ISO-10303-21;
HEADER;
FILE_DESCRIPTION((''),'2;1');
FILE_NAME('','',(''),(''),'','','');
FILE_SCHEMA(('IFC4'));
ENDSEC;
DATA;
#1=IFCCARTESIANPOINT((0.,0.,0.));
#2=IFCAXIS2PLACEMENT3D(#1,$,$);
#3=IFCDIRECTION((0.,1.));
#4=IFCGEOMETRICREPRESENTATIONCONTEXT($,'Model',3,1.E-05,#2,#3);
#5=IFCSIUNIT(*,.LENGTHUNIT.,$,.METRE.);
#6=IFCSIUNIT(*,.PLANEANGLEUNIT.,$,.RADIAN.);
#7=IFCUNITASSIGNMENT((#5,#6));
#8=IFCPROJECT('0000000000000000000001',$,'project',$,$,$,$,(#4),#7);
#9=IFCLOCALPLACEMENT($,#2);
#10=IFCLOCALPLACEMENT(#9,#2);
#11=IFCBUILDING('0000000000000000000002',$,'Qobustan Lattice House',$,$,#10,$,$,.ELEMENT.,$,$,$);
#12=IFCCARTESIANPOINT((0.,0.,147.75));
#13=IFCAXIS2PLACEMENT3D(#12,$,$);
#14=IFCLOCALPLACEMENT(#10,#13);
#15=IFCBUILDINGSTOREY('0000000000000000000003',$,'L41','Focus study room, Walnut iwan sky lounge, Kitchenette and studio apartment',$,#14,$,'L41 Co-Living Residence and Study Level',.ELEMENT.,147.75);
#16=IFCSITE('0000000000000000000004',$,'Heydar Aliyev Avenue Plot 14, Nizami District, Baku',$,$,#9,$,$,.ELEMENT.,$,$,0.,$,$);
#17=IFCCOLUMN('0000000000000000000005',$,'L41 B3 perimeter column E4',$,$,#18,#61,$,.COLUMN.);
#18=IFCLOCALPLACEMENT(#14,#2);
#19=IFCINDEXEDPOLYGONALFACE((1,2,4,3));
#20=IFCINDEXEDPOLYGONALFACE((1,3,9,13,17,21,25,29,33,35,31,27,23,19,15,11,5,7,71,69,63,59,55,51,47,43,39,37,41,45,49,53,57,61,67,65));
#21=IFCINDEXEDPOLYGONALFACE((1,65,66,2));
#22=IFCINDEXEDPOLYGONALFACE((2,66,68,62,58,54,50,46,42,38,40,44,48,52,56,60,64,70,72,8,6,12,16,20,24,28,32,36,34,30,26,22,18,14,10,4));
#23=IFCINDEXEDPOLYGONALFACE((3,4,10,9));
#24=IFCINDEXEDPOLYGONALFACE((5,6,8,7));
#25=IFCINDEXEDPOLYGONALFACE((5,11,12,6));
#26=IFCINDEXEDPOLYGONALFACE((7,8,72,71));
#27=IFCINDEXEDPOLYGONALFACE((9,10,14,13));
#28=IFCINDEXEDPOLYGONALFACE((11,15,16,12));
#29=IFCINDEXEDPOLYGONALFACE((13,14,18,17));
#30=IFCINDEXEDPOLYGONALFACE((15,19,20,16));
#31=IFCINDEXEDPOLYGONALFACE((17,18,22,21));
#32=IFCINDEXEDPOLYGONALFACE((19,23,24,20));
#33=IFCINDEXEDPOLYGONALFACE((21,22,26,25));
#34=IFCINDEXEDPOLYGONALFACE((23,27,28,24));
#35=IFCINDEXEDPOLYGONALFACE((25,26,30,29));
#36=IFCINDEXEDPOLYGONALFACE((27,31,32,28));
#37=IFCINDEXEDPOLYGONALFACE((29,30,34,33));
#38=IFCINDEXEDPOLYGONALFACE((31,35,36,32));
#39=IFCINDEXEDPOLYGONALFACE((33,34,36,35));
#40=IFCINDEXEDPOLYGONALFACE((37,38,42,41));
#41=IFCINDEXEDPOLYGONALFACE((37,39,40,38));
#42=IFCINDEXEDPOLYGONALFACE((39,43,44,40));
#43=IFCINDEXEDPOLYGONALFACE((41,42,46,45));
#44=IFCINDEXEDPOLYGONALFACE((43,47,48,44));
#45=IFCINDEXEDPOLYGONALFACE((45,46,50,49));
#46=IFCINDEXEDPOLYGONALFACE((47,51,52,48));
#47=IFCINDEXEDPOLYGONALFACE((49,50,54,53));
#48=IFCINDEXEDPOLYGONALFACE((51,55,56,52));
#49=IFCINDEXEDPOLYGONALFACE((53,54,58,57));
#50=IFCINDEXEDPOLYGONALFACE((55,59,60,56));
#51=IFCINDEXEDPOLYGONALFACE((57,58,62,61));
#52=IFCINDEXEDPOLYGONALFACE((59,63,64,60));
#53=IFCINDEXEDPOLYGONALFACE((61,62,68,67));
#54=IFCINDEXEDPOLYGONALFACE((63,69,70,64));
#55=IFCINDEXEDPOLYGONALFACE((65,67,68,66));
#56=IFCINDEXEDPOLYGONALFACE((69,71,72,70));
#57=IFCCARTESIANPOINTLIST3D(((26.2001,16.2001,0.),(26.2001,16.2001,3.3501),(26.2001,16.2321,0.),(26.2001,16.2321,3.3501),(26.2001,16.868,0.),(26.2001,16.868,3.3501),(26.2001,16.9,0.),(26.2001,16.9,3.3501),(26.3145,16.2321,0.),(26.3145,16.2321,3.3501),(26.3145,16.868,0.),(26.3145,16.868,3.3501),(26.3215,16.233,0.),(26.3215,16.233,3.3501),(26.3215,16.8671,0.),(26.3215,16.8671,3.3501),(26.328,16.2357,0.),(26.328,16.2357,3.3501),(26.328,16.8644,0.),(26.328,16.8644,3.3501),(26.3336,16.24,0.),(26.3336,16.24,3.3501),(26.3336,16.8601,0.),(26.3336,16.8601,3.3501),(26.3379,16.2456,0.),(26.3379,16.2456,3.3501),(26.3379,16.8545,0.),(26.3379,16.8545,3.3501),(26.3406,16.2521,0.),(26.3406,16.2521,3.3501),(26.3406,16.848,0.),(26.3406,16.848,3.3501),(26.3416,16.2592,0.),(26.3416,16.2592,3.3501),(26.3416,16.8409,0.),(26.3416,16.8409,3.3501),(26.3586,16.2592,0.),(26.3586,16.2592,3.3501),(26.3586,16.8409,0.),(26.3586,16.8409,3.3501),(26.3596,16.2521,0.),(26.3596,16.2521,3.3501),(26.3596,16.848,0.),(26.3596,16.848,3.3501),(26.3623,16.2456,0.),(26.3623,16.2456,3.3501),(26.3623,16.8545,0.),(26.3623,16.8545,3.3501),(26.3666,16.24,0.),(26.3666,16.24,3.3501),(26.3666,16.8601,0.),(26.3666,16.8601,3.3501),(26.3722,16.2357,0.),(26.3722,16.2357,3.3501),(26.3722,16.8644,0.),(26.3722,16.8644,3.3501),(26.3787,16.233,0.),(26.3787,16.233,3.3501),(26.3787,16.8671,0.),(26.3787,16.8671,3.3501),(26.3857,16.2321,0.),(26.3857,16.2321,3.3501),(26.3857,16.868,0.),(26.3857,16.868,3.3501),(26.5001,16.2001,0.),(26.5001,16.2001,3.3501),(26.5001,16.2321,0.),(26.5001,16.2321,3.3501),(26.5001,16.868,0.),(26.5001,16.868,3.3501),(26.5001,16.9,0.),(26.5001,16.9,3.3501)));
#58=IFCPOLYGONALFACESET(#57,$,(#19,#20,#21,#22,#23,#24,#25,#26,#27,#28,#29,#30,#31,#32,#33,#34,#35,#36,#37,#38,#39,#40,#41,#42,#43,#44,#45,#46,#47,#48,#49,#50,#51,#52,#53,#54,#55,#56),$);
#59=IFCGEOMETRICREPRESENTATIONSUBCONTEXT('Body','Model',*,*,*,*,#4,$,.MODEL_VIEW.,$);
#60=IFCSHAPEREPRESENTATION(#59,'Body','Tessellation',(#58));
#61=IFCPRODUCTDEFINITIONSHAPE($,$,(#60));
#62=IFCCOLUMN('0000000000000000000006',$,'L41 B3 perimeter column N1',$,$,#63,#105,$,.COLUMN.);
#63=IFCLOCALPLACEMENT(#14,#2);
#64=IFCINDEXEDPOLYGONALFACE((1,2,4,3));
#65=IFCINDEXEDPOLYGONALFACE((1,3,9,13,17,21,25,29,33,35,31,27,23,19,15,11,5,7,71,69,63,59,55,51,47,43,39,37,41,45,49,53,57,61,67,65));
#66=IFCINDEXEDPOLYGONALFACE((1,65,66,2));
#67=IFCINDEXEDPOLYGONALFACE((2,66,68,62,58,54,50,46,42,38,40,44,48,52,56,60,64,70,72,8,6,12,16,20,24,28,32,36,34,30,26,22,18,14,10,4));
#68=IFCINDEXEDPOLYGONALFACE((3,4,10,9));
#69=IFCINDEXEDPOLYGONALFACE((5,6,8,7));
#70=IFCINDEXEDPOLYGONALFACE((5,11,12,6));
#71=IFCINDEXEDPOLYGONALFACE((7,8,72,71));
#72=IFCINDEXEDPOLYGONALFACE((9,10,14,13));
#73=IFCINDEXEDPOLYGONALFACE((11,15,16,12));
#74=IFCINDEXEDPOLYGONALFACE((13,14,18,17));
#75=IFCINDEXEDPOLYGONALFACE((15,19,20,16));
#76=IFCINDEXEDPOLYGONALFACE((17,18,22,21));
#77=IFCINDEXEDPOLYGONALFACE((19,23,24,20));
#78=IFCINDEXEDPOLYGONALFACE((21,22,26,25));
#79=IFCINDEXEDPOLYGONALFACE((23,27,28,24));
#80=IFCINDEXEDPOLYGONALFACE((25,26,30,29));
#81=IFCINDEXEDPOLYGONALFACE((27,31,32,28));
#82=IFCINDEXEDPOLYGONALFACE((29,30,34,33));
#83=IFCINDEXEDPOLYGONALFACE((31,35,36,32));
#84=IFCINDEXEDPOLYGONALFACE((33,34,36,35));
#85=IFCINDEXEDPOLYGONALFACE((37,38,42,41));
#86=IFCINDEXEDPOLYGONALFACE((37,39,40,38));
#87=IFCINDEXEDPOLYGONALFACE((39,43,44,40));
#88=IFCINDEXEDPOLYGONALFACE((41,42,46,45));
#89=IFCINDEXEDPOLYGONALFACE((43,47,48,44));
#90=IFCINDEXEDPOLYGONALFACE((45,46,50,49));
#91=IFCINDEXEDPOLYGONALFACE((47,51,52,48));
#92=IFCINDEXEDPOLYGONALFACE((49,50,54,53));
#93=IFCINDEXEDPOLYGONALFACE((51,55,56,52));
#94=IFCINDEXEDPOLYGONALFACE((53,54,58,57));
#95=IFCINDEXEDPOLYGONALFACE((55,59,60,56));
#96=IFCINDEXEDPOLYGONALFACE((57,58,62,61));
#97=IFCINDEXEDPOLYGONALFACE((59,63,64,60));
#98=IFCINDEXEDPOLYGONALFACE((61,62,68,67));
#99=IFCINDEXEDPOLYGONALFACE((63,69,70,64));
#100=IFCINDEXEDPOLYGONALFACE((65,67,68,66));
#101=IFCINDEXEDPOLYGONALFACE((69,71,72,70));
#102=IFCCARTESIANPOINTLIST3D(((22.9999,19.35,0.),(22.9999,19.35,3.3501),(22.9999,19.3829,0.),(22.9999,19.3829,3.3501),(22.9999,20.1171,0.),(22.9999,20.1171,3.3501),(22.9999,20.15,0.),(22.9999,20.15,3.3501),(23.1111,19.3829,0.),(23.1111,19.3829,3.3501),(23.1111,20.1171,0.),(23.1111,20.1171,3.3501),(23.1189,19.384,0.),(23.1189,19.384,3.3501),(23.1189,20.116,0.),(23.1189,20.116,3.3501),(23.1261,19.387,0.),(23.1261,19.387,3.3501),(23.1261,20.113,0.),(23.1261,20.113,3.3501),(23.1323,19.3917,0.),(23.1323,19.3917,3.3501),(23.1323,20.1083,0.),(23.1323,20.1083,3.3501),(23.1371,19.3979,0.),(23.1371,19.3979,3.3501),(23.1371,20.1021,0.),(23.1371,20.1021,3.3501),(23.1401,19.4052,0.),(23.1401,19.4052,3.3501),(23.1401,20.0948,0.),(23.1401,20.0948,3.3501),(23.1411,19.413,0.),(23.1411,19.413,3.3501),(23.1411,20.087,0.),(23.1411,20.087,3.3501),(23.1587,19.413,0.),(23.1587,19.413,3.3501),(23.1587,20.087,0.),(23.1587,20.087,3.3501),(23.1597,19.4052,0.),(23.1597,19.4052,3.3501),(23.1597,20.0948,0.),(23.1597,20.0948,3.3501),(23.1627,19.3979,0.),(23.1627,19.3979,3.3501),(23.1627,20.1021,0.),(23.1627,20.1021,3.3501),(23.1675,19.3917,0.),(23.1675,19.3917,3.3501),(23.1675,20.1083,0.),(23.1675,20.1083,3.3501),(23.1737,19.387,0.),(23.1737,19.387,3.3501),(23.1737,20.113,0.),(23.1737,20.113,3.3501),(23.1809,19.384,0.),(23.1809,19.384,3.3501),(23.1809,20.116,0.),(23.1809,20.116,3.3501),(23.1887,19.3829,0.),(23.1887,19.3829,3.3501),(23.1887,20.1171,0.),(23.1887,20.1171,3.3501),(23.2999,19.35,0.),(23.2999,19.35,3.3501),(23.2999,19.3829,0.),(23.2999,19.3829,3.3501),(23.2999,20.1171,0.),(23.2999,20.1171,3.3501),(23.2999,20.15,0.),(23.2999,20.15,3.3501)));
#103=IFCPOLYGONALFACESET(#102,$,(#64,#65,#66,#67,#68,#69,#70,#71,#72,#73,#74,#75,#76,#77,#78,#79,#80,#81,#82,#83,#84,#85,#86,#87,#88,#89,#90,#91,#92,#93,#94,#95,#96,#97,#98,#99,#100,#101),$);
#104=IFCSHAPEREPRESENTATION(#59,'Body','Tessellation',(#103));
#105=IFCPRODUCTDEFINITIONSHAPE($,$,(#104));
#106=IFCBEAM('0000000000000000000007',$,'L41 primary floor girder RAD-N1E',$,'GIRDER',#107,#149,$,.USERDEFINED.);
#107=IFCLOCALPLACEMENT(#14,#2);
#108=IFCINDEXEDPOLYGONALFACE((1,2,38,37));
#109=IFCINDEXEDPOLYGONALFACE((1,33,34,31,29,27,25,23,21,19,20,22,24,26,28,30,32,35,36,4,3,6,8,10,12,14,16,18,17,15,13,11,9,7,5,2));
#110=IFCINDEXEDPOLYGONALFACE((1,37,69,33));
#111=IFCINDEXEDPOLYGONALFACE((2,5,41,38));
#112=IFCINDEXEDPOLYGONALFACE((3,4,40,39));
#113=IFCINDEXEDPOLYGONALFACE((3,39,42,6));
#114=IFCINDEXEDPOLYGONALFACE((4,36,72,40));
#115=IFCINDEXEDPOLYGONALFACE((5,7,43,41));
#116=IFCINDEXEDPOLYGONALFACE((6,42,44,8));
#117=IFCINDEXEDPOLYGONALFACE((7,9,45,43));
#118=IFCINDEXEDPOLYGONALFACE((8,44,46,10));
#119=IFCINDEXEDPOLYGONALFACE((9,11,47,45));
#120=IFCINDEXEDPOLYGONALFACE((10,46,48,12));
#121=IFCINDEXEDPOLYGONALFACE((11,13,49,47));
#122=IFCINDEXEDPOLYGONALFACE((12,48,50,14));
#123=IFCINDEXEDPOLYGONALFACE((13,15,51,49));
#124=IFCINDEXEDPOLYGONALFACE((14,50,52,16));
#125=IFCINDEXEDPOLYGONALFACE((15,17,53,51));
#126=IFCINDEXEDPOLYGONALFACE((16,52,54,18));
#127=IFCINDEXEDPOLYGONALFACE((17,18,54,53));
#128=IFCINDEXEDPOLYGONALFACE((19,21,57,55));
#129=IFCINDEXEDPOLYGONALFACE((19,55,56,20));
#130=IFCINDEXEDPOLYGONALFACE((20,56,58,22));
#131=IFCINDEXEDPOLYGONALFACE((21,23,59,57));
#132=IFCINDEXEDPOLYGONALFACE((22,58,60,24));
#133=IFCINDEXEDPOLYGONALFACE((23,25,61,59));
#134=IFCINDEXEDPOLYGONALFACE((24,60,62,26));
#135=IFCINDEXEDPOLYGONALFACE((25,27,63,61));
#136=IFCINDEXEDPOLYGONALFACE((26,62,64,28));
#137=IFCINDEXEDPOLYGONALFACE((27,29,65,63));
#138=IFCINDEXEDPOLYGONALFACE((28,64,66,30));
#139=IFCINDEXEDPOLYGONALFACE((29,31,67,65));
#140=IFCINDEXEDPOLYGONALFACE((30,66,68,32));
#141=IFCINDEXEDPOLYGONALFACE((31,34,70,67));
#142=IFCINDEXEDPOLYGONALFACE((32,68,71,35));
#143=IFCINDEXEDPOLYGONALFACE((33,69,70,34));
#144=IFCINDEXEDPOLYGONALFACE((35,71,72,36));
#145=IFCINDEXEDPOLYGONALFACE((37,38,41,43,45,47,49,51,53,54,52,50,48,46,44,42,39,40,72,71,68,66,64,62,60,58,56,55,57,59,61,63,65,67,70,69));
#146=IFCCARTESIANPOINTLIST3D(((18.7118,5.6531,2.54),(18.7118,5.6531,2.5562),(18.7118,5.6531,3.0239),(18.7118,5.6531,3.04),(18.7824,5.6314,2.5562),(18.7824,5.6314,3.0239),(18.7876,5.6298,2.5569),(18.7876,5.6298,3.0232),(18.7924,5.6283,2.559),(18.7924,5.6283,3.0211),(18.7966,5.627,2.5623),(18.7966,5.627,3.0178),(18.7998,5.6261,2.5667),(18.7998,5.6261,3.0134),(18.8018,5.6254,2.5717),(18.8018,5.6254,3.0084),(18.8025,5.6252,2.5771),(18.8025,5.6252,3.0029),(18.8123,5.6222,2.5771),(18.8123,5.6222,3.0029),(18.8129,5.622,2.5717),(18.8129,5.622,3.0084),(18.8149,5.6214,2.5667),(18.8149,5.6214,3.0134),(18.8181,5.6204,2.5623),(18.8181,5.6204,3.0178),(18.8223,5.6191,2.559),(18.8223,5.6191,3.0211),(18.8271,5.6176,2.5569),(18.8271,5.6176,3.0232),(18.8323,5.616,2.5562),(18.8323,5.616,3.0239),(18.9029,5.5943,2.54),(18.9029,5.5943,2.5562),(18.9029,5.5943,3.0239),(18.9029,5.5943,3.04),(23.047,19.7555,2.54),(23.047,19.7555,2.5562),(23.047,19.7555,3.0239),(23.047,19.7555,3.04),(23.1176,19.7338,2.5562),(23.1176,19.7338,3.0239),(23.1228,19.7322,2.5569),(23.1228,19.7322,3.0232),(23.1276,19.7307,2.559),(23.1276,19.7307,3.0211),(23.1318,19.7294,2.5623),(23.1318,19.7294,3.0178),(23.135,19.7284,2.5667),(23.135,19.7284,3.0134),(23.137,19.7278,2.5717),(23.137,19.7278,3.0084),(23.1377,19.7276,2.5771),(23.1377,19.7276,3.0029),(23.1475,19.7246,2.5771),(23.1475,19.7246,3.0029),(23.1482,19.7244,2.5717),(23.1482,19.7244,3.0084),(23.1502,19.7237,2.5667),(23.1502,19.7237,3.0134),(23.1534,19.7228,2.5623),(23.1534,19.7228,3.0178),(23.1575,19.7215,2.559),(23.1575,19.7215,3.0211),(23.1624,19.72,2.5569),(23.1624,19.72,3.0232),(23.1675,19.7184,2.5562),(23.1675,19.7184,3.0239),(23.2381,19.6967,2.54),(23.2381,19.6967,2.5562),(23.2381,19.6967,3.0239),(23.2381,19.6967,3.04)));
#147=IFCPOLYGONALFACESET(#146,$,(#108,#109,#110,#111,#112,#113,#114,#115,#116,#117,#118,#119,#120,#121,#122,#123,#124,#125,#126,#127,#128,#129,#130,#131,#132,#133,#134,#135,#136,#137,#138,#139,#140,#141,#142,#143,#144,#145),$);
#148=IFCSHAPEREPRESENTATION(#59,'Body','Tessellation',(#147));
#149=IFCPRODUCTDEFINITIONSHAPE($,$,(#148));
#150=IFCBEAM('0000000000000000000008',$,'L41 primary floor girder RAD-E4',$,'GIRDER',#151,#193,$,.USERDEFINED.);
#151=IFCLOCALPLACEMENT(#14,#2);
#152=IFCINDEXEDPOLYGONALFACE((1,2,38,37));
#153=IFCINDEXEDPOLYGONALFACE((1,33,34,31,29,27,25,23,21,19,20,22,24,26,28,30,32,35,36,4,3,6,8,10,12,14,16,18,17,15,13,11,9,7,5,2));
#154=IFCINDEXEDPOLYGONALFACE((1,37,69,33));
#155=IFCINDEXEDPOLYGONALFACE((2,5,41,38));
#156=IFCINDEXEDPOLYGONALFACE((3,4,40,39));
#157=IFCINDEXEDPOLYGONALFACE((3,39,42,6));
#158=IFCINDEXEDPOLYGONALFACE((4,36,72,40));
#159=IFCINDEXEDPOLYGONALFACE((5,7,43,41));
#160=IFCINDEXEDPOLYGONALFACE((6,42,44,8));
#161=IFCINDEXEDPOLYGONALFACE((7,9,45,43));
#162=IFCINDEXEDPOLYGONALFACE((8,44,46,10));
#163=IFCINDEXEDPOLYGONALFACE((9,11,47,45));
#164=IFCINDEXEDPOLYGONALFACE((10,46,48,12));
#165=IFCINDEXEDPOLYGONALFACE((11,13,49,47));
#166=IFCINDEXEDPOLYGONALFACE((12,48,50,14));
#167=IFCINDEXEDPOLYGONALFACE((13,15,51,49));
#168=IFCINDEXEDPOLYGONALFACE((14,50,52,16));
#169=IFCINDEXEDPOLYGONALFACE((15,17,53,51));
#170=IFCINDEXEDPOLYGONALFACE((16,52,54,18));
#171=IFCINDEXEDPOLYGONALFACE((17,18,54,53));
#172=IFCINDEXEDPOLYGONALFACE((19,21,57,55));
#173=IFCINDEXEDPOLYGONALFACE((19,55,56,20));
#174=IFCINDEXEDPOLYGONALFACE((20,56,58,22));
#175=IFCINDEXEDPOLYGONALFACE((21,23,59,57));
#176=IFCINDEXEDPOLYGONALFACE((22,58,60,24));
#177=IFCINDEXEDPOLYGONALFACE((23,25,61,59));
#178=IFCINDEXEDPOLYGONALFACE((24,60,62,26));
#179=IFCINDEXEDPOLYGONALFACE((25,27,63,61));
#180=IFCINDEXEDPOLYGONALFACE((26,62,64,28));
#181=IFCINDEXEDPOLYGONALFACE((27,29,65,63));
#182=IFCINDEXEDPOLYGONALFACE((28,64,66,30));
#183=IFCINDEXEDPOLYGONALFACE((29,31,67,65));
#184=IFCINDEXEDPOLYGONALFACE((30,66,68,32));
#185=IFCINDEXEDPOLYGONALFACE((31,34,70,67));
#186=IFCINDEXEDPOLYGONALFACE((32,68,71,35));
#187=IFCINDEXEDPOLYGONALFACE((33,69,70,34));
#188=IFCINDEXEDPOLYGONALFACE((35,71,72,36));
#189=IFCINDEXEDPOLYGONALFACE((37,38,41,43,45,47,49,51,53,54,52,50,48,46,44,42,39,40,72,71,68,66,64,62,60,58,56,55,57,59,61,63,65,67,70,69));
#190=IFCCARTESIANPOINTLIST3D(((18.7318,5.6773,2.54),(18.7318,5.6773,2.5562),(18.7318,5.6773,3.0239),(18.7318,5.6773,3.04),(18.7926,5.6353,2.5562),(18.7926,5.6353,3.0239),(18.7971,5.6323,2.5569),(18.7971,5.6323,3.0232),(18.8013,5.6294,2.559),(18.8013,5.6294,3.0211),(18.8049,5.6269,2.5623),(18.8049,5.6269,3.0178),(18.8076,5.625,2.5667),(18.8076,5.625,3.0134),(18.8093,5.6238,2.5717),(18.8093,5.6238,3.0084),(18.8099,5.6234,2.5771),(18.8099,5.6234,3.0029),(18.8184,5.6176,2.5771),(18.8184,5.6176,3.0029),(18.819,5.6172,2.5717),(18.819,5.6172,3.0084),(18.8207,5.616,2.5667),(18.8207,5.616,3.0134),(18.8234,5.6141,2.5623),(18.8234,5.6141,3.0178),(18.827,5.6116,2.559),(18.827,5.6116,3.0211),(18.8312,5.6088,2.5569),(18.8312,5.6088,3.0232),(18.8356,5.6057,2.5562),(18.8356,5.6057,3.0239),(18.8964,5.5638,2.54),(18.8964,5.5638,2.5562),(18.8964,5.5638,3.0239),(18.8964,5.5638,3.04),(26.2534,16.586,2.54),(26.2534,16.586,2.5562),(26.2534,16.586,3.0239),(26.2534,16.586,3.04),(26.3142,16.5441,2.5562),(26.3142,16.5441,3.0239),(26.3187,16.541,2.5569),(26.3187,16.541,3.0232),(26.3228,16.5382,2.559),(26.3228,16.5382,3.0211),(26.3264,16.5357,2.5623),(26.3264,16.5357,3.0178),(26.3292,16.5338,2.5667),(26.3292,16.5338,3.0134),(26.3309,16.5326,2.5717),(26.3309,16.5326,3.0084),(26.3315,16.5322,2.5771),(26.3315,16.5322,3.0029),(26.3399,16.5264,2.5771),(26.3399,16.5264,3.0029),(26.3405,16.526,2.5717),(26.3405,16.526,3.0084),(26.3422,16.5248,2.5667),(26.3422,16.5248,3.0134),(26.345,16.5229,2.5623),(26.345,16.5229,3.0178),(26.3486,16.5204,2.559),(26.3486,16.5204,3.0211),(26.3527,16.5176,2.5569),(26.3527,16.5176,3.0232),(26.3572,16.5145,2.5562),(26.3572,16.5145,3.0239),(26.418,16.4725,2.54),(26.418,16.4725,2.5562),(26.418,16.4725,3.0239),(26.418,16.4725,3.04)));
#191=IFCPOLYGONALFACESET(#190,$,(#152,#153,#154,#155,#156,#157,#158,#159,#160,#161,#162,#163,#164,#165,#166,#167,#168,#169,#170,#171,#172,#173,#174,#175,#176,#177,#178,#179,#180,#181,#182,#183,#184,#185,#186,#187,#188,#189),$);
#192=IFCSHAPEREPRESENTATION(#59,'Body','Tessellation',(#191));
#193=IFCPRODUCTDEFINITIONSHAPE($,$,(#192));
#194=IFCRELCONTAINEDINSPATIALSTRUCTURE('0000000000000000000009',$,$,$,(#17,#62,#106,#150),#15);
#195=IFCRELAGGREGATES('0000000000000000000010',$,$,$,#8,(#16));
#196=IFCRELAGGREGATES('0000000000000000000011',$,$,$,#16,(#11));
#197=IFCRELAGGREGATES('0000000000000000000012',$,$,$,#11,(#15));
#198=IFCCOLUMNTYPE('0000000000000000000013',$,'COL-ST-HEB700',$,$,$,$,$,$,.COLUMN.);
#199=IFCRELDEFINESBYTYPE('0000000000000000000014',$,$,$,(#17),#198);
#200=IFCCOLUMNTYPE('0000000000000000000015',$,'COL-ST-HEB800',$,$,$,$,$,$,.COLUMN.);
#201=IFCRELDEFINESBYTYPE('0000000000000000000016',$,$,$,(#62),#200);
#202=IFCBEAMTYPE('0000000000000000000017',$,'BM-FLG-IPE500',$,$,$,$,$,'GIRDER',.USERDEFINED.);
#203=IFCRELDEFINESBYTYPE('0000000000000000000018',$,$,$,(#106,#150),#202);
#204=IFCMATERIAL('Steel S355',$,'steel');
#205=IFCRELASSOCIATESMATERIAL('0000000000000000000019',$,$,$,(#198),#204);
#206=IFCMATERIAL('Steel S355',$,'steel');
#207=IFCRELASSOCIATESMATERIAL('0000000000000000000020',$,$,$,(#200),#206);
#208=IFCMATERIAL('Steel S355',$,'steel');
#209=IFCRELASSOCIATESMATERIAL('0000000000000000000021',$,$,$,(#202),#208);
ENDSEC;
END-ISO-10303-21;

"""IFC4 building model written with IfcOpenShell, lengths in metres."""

from ifc_helpers import new_model, si_unit, direction, frame, origin, origin_2d, place, context, subcontext, project, spatial, i_section, extrude, material, material_profile, profile_set, type_object, element, save


model = new_model("IFC4")

# Units and contexts
model_context = context("Model", 3, precision=1e-05, world=origin(), true_north=direction((0.0, 1.0)))
body_context = subcontext(model_context, "Body", "Model", "MODEL_VIEW")
ifc_project = project(units=[si_unit("LENGTHUNIT", "METRE"), si_unit("PLANEANGLEUNIT", "RADIAN")], contexts=[model_context])

# Site, building, storey
site_placement = place(None, origin())
site = spatial("IfcSite", under=ifc_project, at=site_placement, Name="Heydar Aliyev Avenue Plot 14, Nizami District, Baku", CompositionType="ELEMENT", RefElevation=0.0)
building_placement = place(site_placement, origin())
building = spatial("IfcBuilding", under=site, at=building_placement, Name="Qobustan Lattice House", CompositionType="ELEMENT")
storey_placement = place(building_placement, frame((0.0, 0.0, 147.75)))
storey = spatial("IfcBuildingStorey", under=building, at=storey_placement, Name="L41", Description="Focus study room, Walnut iwan sky lounge, Kitchenette and studio apartment", LongName="L41 Co-Living Residence and Study Level", CompositionType="ELEMENT", Elevation=147.75)

# Columns
ifc_material_1 = material(Name="Steel S355", Category="steel")
ifc_material_profile_1 = material_profile(ifc_material_1, i_section(OverallWidth=0.3, OverallDepth=0.7, WebThickness=0.0171, FlangeThickness=0.032, FilletRadius=0.0271, at=origin_2d()), Name="HEB700")
ifc_profile_set_1 = profile_set([ifc_material_profile_1], Name="Steel S355")
column_type_1 = type_object("IfcColumnType", Name="COL-ST-HEB700", PredefinedType="COLUMN", material=ifc_profile_set_1)
column_1_placement = place(storey_placement, frame((26.3501, 16.55, 0.0), z_axis=(0.0, 0.0, 1.0), x_axis=(1.0, 0.0, 0.0)))
element("IfcColumn", 1, at=column_1_placement, inside=storey, type_object=column_type_1, Name="L41 B3 perimeter column E4", PredefinedType="COLUMN", context=body_context, shape_type="SweptSolid", body=[
    extrude(i_section(OverallWidth=0.3, OverallDepth=0.7, WebThickness=0.0171, FlangeThickness=0.032, FilletRadius=0.0271, at=origin_2d()), origin(), (0.0, 0.0, 1.0), 3.3501),
])
ifc_material_2 = material(Name="Steel S355", Category="steel")
ifc_material_profile_2 = material_profile(ifc_material_2, i_section(OverallWidth=0.3, OverallDepth=0.8, WebThickness=0.0176, FlangeThickness=0.033, FilletRadius=0.03, at=origin_2d()), Name="HEB800")
ifc_profile_set_2 = profile_set([ifc_material_profile_2], Name="Steel S355")
column_type_2 = type_object("IfcColumnType", Name="COL-ST-HEB800", PredefinedType="COLUMN", material=ifc_profile_set_2)
column_2_placement = place(storey_placement, frame((23.1499, 19.75, 0.0), z_axis=(0.0, 0.0, 1.0), x_axis=(1.0, 0.0, 0.0)))
element("IfcColumn", 2, at=column_2_placement, inside=storey, type_object=column_type_2, Name="L41 B3 perimeter column N1", PredefinedType="COLUMN", context=body_context, shape_type="SweptSolid", body=[
    extrude(i_section(OverallWidth=0.3, OverallDepth=0.8, WebThickness=0.0176, FlangeThickness=0.033, FilletRadius=0.03, at=origin_2d()), origin(), (0.0, 0.0, 1.0), 3.3501),
])

# Beams
ifc_material_3 = material(Name="Steel S355", Category="steel")
ifc_material_profile_3 = material_profile(ifc_material_3, i_section(OverallWidth=0.2, OverallDepth=0.5, WebThickness=0.0103, FlangeThickness=0.0161, FilletRadius=0.021, at=origin_2d()), Name="IPE500")
ifc_profile_set_3 = profile_set([ifc_material_profile_3], Name="Steel S355")
beam_type_1 = type_object("IfcBeamType", Name="BM-FLG-IPE500", ElementType="GIRDER", PredefinedType="USERDEFINED", material=ifc_profile_set_3)
beam_1_placement = place(storey_placement, frame((23.1426, 19.7261, 2.79), z_axis=(-0.29384, -0.955854, 0.0), x_axis=(0.955854, -0.29384, 0.0)))
element("IfcBeam", 3, at=beam_1_placement, inside=storey, type_object=beam_type_1, Name="L41 primary floor girder RAD-N1E", ObjectType="GIRDER", PredefinedType="USERDEFINED", context=body_context, shape_type="SweptSolid", body=[
    extrude(i_section(OverallWidth=0.2, OverallDepth=0.5, WebThickness=0.0103, FlangeThickness=0.0161, FilletRadius=0.021, at=origin_2d()), origin(), (0.0, 0.0, 1.0), 14.7537),
])
beam_2_placement = place(storey_placement, frame((26.3357, 16.5293, 2.79), z_axis=(-0.567643, -0.823275, 0.0), x_axis=(0.823275, -0.567643, 0.0)))
element("IfcBeam", 4, at=beam_2_placement, inside=storey, type_object=beam_type_1, Name="L41 primary floor girder RAD-E4", ObjectType="GIRDER", PredefinedType="USERDEFINED", context=body_context, shape_type="SweptSolid", body=[
    extrude(i_section(OverallWidth=0.2, OverallDepth=0.5, WebThickness=0.0103, FlangeThickness=0.0161, FilletRadius=0.021, at=origin_2d()), origin(), (0.0, 0.0, 1.0), 13.2505),
])

save(model, "model.ifc")
